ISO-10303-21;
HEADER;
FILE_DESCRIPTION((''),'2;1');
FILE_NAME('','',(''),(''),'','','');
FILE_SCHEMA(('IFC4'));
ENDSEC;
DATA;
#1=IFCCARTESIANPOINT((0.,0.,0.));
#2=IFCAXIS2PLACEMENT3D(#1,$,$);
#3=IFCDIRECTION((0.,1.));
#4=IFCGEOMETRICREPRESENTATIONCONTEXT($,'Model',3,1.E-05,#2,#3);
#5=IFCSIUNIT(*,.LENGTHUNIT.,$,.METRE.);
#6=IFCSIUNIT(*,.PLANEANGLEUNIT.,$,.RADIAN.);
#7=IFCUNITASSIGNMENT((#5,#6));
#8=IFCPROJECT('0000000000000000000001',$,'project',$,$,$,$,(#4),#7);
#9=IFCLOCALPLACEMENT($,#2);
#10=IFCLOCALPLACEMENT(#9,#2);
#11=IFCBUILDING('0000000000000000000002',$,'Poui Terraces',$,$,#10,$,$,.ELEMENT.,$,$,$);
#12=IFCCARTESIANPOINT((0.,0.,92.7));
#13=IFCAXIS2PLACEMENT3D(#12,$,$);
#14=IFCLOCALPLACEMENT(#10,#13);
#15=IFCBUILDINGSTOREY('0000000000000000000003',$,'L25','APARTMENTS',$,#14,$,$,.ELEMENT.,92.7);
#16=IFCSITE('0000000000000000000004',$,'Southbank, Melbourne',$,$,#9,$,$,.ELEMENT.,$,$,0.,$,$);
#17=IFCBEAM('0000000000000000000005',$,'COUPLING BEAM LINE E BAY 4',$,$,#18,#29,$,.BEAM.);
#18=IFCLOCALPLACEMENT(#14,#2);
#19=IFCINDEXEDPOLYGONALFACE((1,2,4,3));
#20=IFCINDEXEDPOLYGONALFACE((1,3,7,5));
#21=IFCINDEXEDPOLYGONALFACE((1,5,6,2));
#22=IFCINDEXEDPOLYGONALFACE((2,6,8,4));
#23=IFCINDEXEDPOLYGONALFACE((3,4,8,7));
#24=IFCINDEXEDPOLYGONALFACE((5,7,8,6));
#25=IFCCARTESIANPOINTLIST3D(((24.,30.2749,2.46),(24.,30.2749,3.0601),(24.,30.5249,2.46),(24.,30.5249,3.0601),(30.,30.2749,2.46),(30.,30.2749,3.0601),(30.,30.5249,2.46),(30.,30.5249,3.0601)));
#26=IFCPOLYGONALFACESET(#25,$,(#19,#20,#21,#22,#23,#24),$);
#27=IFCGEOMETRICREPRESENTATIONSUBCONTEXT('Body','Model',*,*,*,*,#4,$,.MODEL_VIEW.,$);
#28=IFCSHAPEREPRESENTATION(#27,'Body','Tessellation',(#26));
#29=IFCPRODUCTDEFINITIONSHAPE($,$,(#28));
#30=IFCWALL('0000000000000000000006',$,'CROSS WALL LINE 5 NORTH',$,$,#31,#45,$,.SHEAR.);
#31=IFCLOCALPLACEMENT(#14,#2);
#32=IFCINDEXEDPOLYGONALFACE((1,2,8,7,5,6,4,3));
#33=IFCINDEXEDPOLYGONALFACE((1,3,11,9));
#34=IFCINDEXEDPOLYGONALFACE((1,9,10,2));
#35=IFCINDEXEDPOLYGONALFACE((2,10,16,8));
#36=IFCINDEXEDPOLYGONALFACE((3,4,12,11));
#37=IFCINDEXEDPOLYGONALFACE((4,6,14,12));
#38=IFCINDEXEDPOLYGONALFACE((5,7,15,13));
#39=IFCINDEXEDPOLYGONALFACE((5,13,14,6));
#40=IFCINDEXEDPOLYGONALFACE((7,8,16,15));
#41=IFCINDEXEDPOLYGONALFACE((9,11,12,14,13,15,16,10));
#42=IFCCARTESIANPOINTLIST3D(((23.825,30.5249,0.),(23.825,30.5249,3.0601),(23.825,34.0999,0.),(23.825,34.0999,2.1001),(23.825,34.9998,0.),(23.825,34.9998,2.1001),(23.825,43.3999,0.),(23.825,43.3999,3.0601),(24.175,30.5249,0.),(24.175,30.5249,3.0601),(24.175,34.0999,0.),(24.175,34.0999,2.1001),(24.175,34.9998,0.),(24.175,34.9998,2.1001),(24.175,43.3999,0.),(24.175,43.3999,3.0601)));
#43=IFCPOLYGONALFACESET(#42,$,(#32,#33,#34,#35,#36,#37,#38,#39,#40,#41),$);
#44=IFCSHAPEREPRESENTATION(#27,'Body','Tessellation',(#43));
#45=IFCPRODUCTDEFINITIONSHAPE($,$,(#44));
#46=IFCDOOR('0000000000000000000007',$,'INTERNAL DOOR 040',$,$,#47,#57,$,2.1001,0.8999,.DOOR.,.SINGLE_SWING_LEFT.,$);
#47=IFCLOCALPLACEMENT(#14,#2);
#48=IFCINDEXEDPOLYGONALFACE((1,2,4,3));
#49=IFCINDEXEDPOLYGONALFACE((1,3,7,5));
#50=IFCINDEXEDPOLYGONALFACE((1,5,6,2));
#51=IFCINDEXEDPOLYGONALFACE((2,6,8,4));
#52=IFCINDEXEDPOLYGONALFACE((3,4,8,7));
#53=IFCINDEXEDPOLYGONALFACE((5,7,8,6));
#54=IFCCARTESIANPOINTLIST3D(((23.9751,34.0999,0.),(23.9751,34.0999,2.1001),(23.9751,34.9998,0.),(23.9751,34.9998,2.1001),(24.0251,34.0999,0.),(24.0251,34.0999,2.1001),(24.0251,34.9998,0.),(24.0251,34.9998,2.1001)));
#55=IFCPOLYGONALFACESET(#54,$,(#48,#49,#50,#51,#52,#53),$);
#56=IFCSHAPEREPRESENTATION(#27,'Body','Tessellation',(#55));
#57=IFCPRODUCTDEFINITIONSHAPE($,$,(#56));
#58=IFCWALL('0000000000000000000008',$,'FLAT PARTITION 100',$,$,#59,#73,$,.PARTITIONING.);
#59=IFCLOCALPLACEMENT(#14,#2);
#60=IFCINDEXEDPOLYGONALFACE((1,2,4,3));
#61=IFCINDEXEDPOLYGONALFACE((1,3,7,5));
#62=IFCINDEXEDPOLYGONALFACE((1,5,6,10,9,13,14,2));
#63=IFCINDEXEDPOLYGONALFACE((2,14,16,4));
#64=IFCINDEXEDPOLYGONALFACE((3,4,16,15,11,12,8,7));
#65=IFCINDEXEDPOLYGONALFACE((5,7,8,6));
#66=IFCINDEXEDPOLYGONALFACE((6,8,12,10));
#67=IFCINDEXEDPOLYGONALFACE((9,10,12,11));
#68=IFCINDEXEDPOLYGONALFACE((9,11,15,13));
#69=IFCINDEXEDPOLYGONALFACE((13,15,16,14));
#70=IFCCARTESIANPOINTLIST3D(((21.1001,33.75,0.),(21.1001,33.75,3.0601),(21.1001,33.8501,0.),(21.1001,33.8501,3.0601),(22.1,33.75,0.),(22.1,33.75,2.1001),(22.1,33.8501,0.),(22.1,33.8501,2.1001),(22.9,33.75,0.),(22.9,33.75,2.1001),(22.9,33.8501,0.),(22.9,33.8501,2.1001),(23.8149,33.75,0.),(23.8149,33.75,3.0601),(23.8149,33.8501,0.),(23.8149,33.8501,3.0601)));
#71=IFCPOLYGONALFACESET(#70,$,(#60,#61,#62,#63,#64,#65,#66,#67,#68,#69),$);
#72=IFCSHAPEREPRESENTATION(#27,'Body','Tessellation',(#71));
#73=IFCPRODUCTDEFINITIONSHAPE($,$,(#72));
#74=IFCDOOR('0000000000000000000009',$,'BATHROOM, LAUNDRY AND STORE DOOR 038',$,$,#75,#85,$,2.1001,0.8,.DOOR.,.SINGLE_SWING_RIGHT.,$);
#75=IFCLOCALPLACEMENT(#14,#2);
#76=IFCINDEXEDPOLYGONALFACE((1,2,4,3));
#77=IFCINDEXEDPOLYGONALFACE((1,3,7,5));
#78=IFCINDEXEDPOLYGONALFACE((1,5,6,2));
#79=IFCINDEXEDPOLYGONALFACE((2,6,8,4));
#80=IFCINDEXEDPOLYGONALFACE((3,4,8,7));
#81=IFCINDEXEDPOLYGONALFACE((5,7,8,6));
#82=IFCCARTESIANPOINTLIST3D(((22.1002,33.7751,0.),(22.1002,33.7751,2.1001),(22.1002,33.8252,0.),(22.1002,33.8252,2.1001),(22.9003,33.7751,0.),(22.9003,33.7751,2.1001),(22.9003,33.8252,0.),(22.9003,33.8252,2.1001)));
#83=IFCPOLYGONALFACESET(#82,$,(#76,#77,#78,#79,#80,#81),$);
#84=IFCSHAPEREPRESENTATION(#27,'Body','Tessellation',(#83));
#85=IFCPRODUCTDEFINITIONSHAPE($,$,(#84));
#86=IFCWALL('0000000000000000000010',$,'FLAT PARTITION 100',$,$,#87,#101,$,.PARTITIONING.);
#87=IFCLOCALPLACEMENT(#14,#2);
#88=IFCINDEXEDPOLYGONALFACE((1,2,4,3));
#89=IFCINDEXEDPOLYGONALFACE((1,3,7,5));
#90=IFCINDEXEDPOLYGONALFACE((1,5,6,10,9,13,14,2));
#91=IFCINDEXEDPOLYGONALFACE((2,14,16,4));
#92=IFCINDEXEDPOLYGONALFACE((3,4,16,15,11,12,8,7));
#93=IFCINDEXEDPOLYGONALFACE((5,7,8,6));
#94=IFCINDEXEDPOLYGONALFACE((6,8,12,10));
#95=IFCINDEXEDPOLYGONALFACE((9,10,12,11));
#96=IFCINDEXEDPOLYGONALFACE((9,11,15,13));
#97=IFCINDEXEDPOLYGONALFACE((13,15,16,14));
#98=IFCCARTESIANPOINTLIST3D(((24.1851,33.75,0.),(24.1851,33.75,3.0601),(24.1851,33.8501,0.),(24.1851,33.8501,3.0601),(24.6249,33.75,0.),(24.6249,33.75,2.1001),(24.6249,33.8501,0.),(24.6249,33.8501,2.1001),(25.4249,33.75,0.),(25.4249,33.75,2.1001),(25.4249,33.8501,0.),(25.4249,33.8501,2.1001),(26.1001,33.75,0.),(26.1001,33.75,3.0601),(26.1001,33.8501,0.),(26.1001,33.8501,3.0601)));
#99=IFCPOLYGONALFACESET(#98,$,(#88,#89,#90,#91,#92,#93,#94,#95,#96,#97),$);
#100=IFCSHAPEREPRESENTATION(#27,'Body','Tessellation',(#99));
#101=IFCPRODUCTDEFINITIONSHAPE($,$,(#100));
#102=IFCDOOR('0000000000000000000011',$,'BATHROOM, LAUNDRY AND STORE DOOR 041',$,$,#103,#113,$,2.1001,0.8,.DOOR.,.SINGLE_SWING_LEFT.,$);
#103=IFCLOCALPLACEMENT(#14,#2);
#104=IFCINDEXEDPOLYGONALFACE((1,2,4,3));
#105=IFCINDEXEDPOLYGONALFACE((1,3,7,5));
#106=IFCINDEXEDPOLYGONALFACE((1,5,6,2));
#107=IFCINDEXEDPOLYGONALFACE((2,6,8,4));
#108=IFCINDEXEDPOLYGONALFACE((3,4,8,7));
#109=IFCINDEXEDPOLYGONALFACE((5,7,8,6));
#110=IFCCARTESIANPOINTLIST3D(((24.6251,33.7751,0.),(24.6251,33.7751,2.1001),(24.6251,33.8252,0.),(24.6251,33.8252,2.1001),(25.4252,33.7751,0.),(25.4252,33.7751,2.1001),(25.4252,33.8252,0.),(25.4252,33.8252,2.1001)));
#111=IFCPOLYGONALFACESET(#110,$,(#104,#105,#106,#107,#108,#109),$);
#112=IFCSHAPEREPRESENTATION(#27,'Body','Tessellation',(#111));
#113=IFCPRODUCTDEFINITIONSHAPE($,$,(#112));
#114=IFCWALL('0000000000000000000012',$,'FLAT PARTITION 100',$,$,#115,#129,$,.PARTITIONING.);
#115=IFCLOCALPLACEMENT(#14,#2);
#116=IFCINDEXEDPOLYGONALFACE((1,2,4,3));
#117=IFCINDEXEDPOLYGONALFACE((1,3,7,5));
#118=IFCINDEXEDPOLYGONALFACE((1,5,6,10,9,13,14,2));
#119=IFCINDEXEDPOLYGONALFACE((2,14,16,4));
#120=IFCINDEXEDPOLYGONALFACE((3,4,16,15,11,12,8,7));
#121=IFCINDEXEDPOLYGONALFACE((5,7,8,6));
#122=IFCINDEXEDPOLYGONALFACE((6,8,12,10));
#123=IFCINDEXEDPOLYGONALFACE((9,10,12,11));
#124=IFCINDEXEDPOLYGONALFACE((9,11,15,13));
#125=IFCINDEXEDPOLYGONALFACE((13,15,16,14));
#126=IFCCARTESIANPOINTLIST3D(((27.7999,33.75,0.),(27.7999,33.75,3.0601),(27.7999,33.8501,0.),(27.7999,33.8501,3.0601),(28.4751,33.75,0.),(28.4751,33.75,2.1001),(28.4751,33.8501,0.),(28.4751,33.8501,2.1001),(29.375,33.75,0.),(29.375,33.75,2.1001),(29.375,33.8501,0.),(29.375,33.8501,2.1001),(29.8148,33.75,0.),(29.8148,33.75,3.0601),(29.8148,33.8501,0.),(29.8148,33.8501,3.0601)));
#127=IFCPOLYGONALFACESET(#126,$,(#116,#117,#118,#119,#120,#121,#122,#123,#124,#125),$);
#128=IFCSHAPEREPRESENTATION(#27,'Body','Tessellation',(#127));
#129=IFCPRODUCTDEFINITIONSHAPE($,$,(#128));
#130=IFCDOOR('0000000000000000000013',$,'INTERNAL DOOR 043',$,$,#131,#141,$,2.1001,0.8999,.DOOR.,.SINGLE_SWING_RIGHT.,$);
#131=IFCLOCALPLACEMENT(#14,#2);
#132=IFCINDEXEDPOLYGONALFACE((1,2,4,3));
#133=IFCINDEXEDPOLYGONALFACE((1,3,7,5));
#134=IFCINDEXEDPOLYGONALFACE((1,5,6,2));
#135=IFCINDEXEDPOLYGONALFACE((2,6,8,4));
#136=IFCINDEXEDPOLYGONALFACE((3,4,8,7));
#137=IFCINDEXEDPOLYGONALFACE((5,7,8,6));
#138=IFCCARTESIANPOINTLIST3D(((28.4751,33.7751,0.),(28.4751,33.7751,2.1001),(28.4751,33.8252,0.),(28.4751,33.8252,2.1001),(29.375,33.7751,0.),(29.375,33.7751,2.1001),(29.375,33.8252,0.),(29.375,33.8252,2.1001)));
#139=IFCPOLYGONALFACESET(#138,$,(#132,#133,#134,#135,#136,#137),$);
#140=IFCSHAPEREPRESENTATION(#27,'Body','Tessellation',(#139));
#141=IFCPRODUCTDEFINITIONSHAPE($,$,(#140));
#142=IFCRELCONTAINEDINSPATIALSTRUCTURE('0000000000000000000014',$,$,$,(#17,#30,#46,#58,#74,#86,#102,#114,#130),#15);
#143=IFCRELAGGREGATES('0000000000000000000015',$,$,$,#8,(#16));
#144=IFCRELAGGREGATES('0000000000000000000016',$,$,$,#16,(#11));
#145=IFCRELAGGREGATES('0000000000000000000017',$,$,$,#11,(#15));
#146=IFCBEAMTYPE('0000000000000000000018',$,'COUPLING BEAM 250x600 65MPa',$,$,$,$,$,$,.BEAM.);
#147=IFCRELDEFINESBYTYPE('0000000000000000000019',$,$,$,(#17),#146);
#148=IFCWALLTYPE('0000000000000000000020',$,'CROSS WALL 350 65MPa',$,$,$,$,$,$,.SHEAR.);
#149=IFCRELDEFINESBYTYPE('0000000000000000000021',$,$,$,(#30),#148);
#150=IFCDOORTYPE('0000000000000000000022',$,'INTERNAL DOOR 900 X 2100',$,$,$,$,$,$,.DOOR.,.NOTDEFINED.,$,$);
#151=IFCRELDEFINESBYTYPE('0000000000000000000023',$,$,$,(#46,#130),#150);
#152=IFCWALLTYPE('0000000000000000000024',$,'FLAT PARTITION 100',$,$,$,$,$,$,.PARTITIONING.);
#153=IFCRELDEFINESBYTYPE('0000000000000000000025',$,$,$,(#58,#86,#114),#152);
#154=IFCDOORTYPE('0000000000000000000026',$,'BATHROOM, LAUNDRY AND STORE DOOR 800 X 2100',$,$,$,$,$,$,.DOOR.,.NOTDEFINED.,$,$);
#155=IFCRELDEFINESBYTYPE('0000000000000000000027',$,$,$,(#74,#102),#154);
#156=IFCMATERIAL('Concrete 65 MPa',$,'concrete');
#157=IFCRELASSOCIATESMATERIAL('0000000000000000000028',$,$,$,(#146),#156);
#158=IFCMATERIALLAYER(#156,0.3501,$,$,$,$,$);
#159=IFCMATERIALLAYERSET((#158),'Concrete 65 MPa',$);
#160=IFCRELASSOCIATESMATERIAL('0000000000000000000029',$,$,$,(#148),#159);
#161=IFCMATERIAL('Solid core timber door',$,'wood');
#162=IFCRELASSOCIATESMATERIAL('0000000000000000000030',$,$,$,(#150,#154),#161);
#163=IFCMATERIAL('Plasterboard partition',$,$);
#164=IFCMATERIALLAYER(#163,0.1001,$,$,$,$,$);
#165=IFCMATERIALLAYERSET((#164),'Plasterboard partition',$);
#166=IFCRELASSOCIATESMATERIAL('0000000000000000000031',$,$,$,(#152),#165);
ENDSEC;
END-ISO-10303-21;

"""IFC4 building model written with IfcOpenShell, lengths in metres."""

from ifc_helpers import new_model, si_unit, direction, frame, frame_2d, origin, origin_2d, place, context, subcontext, project, spatial, rectangle, extrude, source, transform, mapped, material, layer, layer_set, material_profile, profile_set, type_object, element, fill, save


model = new_model("IFC4")

# Units and contexts
model_context = context("Model", 3, precision=1e-05, world=origin(), true_north=direction((0.0, 1.0)))
body_context = subcontext(model_context, "Body", "Model", "MODEL_VIEW")
ifc_project = project(units=[si_unit("LENGTHUNIT", "METRE"), si_unit("PLANEANGLEUNIT", "RADIAN")], contexts=[model_context])

# Site, building, storey
site_placement = place(None, origin())
site = spatial("IfcSite", under=ifc_project, at=site_placement, Name="Southbank, Melbourne", CompositionType="ELEMENT", RefElevation=0.0)
building_placement = place(site_placement, origin())
building = spatial("IfcBuilding", under=site, at=building_placement, Name="Poui Terraces", CompositionType="ELEMENT")
storey_placement = place(building_placement, frame((0.0, 0.0, 92.7)))
storey = spatial("IfcBuildingStorey", under=building, at=storey_placement, Name="L25", Description="APARTMENTS", CompositionType="ELEMENT", Elevation=92.7)

# Beam
ifc_material_1 = material(Name="Concrete 65 MPa", Category="concrete")
ifc_material_profile_1 = material_profile(ifc_material_1, rectangle(XDim=0.25, YDim=0.6001, at=origin_2d()), Name="RC 250x600")
ifc_profile_set_1 = profile_set([ifc_material_profile_1], Name="Concrete 65 MPa")
beam_type = type_object("IfcBeamType", Name="COUPLING BEAM 250x600 65MPa", PredefinedType="BEAM", material=ifc_profile_set_1)
shared_shape_1 = source(origin(), body_context, "Body", "SweptSolid", [
    extrude(rectangle(XDim=0.25, YDim=0.6001, at=origin_2d()), origin(), (0.0, 0.0, 1.0), 6.0),
])
beam_placement = place(storey_placement, frame((24.0, 30.3999, 2.76), z_axis=(1.0, 0.0, 0.0), x_axis=(0.0, 1.0, 0.0)))
element("IfcBeam", 1, at=beam_placement, inside=storey, type_object=beam_type, Name="COUPLING BEAM LINE E BAY 4", PredefinedType="BEAM", context=body_context, shape_type="MappedRepresentation", body=[
    mapped(shared_shape_1, transform((0.0, 0.0, 0.0))),
])

# Walls, openings, doors
ifc_layer_1 = layer(ifc_material_1, 0.3501)
ifc_layer_set_1 = layer_set([ifc_layer_1], Name="Concrete 65 MPa")
wall_type_1 = type_object("IfcWallType", Name="CROSS WALL 350 65MPa", PredefinedType="SHEAR", material=ifc_layer_set_1)
wall_1_placement = place(storey_placement, frame((24.0, 30.5249, 0.0), z_axis=(0.0, 0.0, 1.0), x_axis=(0.0, 1.0, 0.0)))
wall_1 = element("IfcWall", 2, at=wall_1_placement, inside=storey, type_object=wall_type_1, Name="CROSS WALL LINE 5 NORTH", PredefinedType="SHEAR", context=body_context, shape_type="SweptSolid", body=[
    extrude(rectangle(XDim=12.875, YDim=0.3501, at=frame_2d((6.4375, 0.0))), origin(), (0.0, 0.0, 1.0), 3.0601),
])
opening_1_placement = place(wall_1_placement, frame((3.575, 0.0, 0.0)))
opening_1 = element("IfcOpeningElement", 3, at=opening_1_placement, cuts=wall_1, PredefinedType="OPENING", context=body_context, shape_type="SweptSolid", body=[
    extrude(rectangle(XDim=0.8999, YDim=2.1001, at=frame_2d((0.45, 1.05))), frame((0.0, 0.1851, 0.0), z_axis=(0.0, -1.0, 0.0), x_axis=(1.0, 0.0, 0.0)), (0.0, 0.0, 1.0), 0.3701),
])
ifc_material_2 = material(Name="Solid core timber door", Category="wood")
door_type_1 = type_object("IfcDoorType", Name="INTERNAL DOOR 900 X 2100", OperationType="NOTDEFINED", PredefinedType="DOOR", material=ifc_material_2)
door_1_placement = place(opening_1_placement, origin())
door_1 = element("IfcDoor", 4, at=door_1_placement, inside=storey, type_object=door_type_1, Name="INTERNAL DOOR 040", OperationType="SINGLE_SWING_LEFT", OverallHeight=2.1001, OverallWidth=0.8999, PredefinedType="DOOR", context=body_context, shape_type="SweptSolid", body=[
    extrude(rectangle(XDim=0.8999, YDim=2.1001, at=frame_2d((0.45, 1.05))), frame((0.0, 0.0249, 0.0), z_axis=(0.0, -1.0, 0.0), x_axis=(1.0, 0.0, 0.0)), (0.0, 0.0, 1.0), 0.05),
])
fill(opening_1, door_1)
ifc_material_3 = material(Name="Plasterboard partition")
ifc_layer_2 = layer(ifc_material_3, 0.1001)
ifc_layer_set_2 = layer_set([ifc_layer_2], Name="Plasterboard partition")
wall_type_2 = type_object("IfcWallType", Name="FLAT PARTITION 100", PredefinedType="PARTITIONING", material=ifc_layer_set_2)
wall_2_placement = place(storey_placement, frame((21.1001, 33.8, 0.0), z_axis=(0.0, 0.0, 1.0), x_axis=(1.0, 0.0, 0.0)))
wall_2 = element("IfcWall", 5, at=wall_2_placement, inside=storey, type_object=wall_type_2, Name="FLAT PARTITION 100", PredefinedType="PARTITIONING", context=body_context, shape_type="SweptSolid", body=[
    extrude(rectangle(XDim=2.7148, YDim=0.1001, at=frame_2d((1.3574, 0.0))), origin(), (0.0, 0.0, 1.0), 3.0601),
])
opening_2_placement = place(wall_2_placement, frame((1.0, 0.0, 0.0)))
opening_2 = element("IfcOpeningElement", 6, at=opening_2_placement, cuts=wall_2, PredefinedType="OPENING", context=body_context, shape_type="SweptSolid", body=[
    extrude(rectangle(XDim=0.8, YDim=2.1001, at=frame_2d((0.3999, 1.05))), frame((0.0, 0.0601, 0.0), z_axis=(0.0, -1.0, 0.0), x_axis=(1.0, 0.0, 0.0)), (0.0, 0.0, 1.0), 0.1201),
])
door_type_2 = type_object("IfcDoorType", Name="BATHROOM, LAUNDRY AND STORE DOOR 800 X 2100", OperationType="NOTDEFINED", PredefinedType="DOOR", material=ifc_material_2)
door_2_placement = place(opening_2_placement, frame((0.8, 0.0, 0.0), z_axis=(0.0, 0.0, 1.0), x_axis=(-1.0, 0.0, 0.0)))
door_2 = element("IfcDoor", 7, at=door_2_placement, inside=storey, type_object=door_type_2, Name="BATHROOM, LAUNDRY AND STORE DOOR 038", OperationType="SINGLE_SWING_RIGHT", OverallHeight=2.1001, OverallWidth=0.8, PredefinedType="DOOR", context=body_context, shape_type="SweptSolid", body=[
    extrude(rectangle(XDim=0.8, YDim=2.1001, at=frame_2d((0.3999, 1.05))), frame((0.0, 0.0249, 0.0), z_axis=(0.0, -1.0, 0.0), x_axis=(1.0, 0.0, 0.0)), (0.0, 0.0, 1.0), 0.05),
])
fill(opening_2, door_2)
wall_3_placement = place(storey_placement, frame((24.1851, 33.8, 0.0), z_axis=(0.0, 0.0, 1.0), x_axis=(1.0, 0.0, 0.0)))
wall_3 = element("IfcWall", 8, at=wall_3_placement, inside=storey, type_object=wall_type_2, Name="FLAT PARTITION 100", PredefinedType="PARTITIONING", context=body_context, shape_type="SweptSolid", body=[
    extrude(rectangle(XDim=1.915, YDim=0.1001, at=frame_2d((0.9575, 0.0))), origin(), (0.0, 0.0, 1.0), 3.0601),
])
opening_3_placement = place(wall_3_placement, frame((0.4399, 0.0, 0.0)))
opening_3 = element("IfcOpeningElement", 9, at=opening_3_placement, cuts=wall_3, PredefinedType="OPENING", context=body_context, shape_type="SweptSolid", body=[
    extrude(rectangle(XDim=0.8, YDim=2.1001, at=frame_2d((0.3999, 1.05))), frame((0.0, 0.0601, 0.0), z_axis=(0.0, -1.0, 0.0), x_axis=(1.0, 0.0, 0.0)), (0.0, 0.0, 1.0), 0.1201),
])
door_3_placement = place(opening_3_placement, frame((0.8, 0.0, 0.0), z_axis=(0.0, 0.0, 1.0), x_axis=(-1.0, 0.0, 0.0)))
door_3 = element("IfcDoor", 10, at=door_3_placement, inside=storey, type_object=door_type_2, Name="BATHROOM, LAUNDRY AND STORE DOOR 041", OperationType="SINGLE_SWING_LEFT", OverallHeight=2.1001, OverallWidth=0.8, PredefinedType="DOOR", context=body_context, shape_type="SweptSolid", body=[
    extrude(rectangle(XDim=0.8, YDim=2.1001, at=frame_2d((0.3999, 1.05))), frame((0.0, 0.0249, 0.0), z_axis=(0.0, -1.0, 0.0), x_axis=(1.0, 0.0, 0.0)), (0.0, 0.0, 1.0), 0.05),
])
fill(opening_3, door_3)
wall_4_placement = place(storey_placement, frame((27.8, 33.8, 0.0), z_axis=(0.0, 0.0, 1.0), x_axis=(1.0, 0.0, 0.0)))
wall_4 = element("IfcWall", 11, at=wall_4_placement, inside=storey, type_object=wall_type_2, Name="FLAT PARTITION 100", PredefinedType="PARTITIONING", context=body_context, shape_type="SweptSolid", body=[
    extrude(rectangle(XDim=2.0149, YDim=0.1001, at=frame_2d((1.0073, 0.0))), origin(), (0.0, 0.0, 1.0), 3.0601),
])
opening_4_placement = place(wall_4_placement, frame((0.675, 0.0, 0.0)))
opening_4 = element("IfcOpeningElement", 12, at=opening_4_placement, cuts=wall_4, PredefinedType="OPENING", context=body_context, shape_type="SweptSolid", body=[
    extrude(rectangle(XDim=0.8999, YDim=2.1001, at=frame_2d((0.45, 1.05))), frame((0.0, 0.0601, 0.0), z_axis=(0.0, -1.0, 0.0), x_axis=(1.0, 0.0, 0.0)), (0.0, 0.0, 1.0), 0.1201),
])
door_4_placement = place(opening_4_placement, frame((0.8999, 0.0, 0.0), z_axis=(0.0, 0.0, 1.0), x_axis=(-1.0, 0.0, 0.0)))
door_4 = element("IfcDoor", 13, at=door_4_placement, inside=storey, type_object=door_type_1, Name="INTERNAL DOOR 043", OperationType="SINGLE_SWING_RIGHT", OverallHeight=2.1001, OverallWidth=0.8999, PredefinedType="DOOR", context=body_context, shape_type="SweptSolid", body=[
    extrude(rectangle(XDim=0.8999, YDim=2.1001, at=frame_2d((0.45, 1.05))), frame((0.0, 0.0249, 0.0), z_axis=(0.0, -1.0, 0.0), x_axis=(1.0, 0.0, 0.0)), (0.0, 0.0, 1.0), 0.05),
])
fill(opening_4, door_4)

save(model, "model.ifc")
